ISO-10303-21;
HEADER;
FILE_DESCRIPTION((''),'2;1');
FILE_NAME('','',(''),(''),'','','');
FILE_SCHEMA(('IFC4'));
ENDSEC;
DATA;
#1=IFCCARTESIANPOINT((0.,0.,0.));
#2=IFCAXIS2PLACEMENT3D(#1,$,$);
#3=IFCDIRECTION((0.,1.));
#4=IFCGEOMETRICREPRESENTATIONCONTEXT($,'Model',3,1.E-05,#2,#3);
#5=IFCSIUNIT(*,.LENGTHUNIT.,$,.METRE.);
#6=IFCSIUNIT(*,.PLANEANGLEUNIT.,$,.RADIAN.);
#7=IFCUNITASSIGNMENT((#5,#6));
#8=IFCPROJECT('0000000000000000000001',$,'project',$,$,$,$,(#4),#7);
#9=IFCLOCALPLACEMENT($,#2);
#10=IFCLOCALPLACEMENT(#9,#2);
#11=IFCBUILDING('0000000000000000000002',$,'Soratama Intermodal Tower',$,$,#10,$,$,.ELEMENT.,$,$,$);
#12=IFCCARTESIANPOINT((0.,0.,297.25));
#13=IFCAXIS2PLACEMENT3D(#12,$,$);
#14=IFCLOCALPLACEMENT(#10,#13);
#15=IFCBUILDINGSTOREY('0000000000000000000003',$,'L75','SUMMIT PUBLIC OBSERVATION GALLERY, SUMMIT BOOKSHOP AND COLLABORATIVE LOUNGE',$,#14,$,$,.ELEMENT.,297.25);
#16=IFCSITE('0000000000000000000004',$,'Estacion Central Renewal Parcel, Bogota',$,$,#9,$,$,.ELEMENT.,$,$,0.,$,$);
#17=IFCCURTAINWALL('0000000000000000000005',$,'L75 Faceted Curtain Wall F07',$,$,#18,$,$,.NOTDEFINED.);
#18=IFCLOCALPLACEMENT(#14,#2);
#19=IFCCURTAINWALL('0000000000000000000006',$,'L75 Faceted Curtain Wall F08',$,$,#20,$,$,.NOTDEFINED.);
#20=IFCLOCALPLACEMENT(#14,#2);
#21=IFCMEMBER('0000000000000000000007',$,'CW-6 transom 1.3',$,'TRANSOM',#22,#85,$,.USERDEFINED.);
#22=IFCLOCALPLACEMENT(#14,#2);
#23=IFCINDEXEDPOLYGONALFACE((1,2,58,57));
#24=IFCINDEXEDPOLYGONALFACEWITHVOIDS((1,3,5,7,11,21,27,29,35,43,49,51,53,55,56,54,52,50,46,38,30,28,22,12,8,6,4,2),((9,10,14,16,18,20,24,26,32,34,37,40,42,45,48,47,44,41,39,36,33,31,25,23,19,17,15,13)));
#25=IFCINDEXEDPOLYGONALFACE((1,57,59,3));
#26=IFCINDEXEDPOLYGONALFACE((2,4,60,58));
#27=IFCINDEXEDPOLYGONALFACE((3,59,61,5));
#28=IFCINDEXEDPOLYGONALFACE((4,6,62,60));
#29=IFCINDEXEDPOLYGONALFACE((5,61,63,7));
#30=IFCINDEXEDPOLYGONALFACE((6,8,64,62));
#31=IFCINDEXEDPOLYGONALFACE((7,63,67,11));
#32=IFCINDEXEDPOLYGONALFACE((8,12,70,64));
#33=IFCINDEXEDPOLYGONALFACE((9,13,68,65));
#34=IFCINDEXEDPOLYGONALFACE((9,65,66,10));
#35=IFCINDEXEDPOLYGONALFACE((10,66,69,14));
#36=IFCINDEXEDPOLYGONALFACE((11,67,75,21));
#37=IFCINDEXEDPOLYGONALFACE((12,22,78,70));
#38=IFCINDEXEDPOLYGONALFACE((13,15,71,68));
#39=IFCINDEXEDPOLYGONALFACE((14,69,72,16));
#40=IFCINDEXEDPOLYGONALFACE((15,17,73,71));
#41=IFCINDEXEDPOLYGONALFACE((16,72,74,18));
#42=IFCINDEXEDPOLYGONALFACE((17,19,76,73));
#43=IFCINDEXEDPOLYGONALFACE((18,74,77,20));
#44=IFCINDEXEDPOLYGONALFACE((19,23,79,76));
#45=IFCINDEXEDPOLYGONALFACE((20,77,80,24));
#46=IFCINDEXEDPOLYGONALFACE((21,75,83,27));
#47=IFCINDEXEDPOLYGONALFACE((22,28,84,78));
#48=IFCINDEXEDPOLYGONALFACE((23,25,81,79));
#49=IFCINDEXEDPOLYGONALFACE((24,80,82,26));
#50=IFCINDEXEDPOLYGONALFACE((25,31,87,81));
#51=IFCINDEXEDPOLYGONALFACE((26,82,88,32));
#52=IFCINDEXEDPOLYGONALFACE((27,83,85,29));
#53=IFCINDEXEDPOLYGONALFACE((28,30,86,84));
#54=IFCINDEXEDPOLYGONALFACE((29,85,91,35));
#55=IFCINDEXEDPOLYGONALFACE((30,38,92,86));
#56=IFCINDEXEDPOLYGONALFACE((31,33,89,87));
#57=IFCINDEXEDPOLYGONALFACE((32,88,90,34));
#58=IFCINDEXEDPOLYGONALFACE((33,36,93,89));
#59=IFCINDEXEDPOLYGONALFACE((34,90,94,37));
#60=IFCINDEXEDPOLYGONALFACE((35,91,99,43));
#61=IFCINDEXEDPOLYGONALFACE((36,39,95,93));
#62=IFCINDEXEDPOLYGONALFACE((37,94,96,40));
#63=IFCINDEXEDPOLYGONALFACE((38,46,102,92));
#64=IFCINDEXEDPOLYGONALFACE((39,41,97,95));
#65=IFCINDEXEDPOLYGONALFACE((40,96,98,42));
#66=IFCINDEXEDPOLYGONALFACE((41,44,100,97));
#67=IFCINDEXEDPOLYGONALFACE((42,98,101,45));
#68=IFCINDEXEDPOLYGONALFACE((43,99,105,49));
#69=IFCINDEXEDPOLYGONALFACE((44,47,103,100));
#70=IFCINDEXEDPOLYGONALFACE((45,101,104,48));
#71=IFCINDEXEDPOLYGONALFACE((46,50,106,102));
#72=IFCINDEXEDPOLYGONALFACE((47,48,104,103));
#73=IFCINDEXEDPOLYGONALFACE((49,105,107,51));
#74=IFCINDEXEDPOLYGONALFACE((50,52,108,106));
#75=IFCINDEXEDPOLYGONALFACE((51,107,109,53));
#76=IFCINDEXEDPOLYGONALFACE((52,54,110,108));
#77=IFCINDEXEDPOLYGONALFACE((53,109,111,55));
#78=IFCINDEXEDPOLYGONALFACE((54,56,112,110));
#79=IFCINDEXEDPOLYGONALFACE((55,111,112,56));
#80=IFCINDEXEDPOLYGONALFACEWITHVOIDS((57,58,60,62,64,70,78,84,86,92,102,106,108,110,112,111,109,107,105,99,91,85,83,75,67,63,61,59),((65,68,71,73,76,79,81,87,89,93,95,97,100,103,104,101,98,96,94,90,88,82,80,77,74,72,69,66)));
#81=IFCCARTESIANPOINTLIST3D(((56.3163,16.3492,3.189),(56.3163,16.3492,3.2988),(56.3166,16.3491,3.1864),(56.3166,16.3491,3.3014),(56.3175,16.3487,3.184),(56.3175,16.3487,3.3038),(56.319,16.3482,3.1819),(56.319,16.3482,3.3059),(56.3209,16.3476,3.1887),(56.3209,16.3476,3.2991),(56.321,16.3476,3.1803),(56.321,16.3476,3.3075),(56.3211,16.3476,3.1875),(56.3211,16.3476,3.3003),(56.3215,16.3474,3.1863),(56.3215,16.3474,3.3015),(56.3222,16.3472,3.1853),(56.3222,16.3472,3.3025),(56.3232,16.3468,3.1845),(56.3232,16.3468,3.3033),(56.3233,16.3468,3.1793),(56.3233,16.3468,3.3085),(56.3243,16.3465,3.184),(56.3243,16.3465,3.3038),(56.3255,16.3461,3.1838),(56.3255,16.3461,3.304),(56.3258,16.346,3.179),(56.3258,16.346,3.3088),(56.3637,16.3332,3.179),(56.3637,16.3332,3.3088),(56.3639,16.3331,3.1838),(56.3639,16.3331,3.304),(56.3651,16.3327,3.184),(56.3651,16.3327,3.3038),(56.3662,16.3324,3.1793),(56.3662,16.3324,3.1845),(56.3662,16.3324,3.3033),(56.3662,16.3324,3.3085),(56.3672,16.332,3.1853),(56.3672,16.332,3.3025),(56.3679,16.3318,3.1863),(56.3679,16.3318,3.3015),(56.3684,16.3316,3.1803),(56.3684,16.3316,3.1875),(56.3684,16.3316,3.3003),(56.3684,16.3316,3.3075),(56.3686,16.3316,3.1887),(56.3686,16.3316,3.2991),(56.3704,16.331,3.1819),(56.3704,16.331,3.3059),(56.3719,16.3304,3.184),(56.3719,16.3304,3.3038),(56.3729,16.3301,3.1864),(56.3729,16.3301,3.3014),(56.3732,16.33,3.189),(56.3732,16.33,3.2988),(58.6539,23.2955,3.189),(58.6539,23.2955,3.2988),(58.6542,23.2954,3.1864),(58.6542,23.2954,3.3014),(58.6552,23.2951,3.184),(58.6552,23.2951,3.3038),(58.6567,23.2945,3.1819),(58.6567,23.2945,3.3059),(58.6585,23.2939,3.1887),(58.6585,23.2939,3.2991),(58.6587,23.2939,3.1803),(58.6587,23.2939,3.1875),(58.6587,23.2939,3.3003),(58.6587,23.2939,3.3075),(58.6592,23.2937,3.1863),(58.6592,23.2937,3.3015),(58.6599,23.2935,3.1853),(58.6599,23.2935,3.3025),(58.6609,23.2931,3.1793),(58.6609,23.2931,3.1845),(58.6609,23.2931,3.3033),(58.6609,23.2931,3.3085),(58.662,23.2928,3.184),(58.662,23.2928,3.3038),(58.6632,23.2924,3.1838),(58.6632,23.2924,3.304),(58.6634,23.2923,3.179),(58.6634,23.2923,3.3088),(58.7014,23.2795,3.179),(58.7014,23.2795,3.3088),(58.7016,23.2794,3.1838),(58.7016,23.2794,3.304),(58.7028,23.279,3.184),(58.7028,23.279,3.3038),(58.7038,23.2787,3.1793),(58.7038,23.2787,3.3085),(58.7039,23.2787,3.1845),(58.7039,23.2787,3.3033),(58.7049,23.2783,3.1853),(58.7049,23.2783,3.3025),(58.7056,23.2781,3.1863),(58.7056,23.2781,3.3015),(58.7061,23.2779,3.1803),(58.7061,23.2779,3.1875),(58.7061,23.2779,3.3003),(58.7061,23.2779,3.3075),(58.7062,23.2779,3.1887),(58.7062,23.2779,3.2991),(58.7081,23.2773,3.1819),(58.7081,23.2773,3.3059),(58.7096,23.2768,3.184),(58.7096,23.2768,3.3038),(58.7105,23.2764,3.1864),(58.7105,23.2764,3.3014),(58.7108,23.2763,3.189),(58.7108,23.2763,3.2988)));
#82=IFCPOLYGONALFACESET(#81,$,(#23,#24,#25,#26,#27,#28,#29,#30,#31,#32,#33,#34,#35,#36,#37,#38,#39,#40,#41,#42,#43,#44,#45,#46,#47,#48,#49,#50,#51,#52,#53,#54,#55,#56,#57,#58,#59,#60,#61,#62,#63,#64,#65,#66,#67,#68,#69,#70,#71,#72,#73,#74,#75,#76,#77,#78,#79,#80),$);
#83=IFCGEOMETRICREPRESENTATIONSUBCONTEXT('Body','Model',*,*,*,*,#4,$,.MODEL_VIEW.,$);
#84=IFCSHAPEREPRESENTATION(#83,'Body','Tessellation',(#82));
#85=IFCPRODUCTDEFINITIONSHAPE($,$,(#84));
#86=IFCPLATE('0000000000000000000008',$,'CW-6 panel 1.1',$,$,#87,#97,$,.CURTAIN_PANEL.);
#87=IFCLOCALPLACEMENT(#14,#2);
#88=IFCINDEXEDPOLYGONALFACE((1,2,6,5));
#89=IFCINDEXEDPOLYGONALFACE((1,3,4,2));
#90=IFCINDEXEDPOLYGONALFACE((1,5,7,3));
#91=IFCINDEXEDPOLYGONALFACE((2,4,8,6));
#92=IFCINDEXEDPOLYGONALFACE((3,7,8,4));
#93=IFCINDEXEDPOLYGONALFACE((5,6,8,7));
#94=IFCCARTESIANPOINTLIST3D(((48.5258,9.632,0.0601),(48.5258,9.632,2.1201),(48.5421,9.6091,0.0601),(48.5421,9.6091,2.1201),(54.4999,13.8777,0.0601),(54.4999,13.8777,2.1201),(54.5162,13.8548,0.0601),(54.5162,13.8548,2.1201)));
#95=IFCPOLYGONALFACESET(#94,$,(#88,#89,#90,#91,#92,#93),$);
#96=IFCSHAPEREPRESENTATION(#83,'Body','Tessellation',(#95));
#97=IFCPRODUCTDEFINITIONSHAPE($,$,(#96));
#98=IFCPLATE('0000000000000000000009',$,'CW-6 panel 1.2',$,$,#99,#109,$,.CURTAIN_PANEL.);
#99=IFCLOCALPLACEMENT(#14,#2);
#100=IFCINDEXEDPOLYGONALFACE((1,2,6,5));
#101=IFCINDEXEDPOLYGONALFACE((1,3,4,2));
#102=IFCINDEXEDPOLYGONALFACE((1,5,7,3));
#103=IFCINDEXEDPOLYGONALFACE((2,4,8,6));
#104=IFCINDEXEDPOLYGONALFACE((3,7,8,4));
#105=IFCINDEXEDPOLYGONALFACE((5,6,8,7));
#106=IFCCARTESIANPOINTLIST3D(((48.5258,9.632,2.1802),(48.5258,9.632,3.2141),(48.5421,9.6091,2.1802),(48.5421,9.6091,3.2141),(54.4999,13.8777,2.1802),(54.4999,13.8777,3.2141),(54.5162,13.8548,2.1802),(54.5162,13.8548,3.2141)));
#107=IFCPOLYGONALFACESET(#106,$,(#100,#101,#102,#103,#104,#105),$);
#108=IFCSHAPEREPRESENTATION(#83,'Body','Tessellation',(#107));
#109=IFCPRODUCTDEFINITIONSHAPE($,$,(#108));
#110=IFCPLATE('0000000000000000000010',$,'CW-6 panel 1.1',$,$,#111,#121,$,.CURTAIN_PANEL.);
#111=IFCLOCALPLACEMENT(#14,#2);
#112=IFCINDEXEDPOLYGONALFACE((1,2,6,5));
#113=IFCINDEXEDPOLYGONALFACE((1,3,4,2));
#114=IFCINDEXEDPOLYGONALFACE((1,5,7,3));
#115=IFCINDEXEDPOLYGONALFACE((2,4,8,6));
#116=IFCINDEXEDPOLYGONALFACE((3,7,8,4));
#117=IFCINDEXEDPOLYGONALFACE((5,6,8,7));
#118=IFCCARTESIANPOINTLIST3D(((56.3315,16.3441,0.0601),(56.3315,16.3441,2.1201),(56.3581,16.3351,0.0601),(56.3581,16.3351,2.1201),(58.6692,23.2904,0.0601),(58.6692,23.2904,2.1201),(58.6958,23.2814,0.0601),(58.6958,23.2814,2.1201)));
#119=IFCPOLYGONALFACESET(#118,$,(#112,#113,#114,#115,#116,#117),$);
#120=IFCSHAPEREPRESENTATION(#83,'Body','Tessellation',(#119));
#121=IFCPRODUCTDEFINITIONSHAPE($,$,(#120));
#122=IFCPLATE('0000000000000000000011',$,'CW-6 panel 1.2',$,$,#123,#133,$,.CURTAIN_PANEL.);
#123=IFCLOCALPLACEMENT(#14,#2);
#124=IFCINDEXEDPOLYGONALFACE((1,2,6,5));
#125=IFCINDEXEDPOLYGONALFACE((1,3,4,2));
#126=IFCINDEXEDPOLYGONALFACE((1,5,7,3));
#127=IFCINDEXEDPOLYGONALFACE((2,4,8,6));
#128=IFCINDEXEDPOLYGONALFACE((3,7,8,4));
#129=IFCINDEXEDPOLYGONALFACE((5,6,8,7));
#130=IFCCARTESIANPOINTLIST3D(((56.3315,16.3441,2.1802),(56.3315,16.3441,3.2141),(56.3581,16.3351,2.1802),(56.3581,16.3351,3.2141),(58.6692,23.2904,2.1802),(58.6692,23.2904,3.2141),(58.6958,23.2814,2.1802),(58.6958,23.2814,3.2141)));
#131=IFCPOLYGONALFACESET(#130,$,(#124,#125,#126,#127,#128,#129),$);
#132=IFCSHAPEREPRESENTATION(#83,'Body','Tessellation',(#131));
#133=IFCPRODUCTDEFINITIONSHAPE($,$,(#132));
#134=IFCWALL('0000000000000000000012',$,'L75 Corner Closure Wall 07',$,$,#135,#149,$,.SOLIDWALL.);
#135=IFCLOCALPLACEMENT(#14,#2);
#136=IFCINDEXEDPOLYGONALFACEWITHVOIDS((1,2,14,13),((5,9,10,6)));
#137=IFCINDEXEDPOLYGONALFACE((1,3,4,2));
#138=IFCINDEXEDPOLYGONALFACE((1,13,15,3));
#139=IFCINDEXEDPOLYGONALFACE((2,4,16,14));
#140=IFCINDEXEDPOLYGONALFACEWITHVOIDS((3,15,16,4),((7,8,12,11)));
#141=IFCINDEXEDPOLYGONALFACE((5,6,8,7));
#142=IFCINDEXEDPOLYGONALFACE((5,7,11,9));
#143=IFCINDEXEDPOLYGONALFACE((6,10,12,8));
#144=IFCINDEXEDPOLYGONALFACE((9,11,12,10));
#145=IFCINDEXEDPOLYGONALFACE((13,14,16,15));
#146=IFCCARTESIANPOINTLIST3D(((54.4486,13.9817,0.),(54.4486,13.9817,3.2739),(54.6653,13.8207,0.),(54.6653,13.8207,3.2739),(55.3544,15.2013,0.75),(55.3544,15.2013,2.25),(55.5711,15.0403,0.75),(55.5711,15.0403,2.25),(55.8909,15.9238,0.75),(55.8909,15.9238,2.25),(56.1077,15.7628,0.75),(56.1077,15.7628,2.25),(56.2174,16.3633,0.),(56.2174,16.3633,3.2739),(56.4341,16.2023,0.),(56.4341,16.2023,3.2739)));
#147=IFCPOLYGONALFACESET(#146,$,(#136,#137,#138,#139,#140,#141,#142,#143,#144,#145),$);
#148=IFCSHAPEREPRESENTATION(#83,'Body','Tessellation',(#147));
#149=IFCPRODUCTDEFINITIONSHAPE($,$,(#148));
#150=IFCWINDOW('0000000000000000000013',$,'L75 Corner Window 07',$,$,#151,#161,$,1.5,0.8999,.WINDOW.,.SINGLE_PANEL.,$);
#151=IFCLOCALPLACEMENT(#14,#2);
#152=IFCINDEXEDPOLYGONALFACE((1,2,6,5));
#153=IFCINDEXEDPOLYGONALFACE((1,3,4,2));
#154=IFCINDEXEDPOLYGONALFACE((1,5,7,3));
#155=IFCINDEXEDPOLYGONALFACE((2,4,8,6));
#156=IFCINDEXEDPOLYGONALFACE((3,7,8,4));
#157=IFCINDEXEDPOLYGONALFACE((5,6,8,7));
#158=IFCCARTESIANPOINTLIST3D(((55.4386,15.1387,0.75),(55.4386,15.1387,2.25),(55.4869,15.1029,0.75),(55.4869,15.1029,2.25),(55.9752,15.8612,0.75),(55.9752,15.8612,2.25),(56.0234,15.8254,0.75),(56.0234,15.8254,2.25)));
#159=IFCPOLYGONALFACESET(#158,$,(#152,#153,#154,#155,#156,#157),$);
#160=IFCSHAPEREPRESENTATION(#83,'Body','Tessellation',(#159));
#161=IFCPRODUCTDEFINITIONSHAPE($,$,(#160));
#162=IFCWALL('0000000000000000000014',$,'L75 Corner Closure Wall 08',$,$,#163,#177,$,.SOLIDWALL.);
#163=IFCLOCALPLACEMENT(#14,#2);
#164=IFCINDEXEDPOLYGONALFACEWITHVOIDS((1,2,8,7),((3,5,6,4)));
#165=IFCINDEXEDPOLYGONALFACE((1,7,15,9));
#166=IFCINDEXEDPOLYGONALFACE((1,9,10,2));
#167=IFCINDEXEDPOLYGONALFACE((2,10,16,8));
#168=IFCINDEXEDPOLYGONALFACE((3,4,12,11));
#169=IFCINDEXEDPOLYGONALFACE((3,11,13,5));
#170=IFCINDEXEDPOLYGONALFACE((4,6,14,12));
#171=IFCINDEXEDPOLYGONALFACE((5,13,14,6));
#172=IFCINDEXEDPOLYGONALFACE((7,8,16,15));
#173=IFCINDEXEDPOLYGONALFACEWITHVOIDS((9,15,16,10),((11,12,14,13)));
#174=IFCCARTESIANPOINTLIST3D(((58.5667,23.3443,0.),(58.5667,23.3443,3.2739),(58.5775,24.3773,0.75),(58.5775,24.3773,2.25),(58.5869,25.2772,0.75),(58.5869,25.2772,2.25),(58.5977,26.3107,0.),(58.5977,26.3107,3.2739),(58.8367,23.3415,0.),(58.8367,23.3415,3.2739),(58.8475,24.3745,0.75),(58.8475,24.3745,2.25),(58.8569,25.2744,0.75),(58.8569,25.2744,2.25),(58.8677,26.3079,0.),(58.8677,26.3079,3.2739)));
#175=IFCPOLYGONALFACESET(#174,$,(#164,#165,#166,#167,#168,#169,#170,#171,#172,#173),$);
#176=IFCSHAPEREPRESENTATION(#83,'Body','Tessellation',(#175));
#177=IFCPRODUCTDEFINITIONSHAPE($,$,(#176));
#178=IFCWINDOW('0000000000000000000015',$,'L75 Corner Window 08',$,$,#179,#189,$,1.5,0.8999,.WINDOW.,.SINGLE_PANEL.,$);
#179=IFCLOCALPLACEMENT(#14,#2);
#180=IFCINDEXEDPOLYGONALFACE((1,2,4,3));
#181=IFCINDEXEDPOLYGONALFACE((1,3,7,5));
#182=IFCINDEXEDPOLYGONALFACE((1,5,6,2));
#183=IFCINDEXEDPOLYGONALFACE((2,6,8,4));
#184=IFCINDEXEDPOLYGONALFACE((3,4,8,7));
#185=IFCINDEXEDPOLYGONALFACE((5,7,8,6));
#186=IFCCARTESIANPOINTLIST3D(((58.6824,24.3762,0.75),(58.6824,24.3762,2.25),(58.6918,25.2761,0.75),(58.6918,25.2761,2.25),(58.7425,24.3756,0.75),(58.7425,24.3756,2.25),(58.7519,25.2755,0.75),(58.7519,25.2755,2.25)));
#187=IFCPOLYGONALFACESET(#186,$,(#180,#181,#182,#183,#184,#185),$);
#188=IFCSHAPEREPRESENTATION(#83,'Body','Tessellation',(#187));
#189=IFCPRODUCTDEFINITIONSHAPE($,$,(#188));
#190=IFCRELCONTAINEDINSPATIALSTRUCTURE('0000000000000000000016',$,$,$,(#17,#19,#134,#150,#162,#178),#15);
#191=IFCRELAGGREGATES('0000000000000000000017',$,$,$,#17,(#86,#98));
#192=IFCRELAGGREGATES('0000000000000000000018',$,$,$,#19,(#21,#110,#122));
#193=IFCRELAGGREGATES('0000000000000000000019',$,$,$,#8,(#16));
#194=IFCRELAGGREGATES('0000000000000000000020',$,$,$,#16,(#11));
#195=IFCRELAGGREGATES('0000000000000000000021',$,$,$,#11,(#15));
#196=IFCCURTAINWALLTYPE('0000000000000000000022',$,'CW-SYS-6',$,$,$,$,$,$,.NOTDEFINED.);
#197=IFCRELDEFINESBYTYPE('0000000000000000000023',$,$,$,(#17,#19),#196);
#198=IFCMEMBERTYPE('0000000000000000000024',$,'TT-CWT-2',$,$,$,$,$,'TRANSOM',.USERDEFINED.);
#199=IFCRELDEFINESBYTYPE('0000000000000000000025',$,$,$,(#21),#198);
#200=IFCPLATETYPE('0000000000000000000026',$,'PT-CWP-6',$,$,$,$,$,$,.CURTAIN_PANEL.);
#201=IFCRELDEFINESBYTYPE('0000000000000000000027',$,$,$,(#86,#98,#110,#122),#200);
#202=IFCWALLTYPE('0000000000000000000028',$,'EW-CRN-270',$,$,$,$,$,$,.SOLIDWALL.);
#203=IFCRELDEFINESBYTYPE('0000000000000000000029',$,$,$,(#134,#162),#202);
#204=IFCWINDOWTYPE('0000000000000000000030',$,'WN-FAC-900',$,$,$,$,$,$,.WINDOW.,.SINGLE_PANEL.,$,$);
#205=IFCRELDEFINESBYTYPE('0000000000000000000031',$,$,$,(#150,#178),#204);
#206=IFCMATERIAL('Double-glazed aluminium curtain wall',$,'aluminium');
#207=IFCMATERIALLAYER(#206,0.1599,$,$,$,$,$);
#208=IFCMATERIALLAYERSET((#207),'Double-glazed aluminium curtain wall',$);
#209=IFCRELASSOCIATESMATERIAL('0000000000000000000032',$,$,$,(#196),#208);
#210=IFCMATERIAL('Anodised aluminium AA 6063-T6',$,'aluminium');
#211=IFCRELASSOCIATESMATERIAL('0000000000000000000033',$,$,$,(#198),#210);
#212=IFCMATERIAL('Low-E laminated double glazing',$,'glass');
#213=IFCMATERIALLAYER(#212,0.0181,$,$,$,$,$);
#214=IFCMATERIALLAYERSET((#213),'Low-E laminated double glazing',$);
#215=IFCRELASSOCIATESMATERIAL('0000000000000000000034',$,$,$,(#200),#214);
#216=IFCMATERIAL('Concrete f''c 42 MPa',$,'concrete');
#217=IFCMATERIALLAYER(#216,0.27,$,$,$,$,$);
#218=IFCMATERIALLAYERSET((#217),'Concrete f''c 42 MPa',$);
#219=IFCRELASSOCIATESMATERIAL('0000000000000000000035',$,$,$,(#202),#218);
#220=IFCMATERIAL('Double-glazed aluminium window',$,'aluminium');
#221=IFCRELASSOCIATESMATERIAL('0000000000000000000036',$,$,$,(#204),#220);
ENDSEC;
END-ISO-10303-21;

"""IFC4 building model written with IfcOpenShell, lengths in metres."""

from ifc_helpers import new_model, si_unit, direction, frame, frame_2d, origin, origin_2d, place, context, subcontext, project, spatial, rectangle, hollow_rectangle, extrude, material, layer, layer_set, material_profile, profile_set, type_object, element, fill, aggregate, save


model = new_model("IFC4")

# Units and contexts
model_context = context("Model", 3, precision=1e-05, world=origin(), true_north=direction((0.0, 1.0)))
body_context = subcontext(model_context, "Body", "Model", "MODEL_VIEW")
ifc_project = project(units=[si_unit("LENGTHUNIT", "METRE"), si_unit("PLANEANGLEUNIT", "RADIAN")], contexts=[model_context])

# Site, building, storey
site_placement = place(None, origin())
site = spatial("IfcSite", under=ifc_project, at=site_placement, Name="Estacion Central Renewal Parcel, Bogota", CompositionType="ELEMENT", RefElevation=0.0)
building_placement = place(site_placement, origin())
building = spatial("IfcBuilding", under=site, at=building_placement, Name="Soratama Intermodal Tower", CompositionType="ELEMENT")
storey_placement = place(building_placement, frame((0.0, 0.0, 297.25)))
storey = spatial("IfcBuildingStorey", under=building, at=storey_placement, Name="L75", Description="SUMMIT PUBLIC OBSERVATION GALLERY, SUMMIT BOOKSHOP AND COLLABORATIVE LOUNGE", CompositionType="ELEMENT", Elevation=297.25)

# Curtain walls
ifc_material_1 = material(Name="Double-glazed aluminium curtain wall", Category="aluminium")
ifc_layer_1 = layer(ifc_material_1, 0.1599)
ifc_layer_set_1 = layer_set([ifc_layer_1], Name="Double-glazed aluminium curtain wall")
curtain_wall_type = type_object("IfcCurtainWallType", Name="CW-SYS-6", PredefinedType="NOTDEFINED", material=ifc_layer_set_1)
curtain_wall_1_placement = place(storey_placement, origin())
curtain_wall_1 = element("IfcCurtainWall", 1, at=curtain_wall_1_placement, inside=storey, type_object=curtain_wall_type, Name="L75 Faceted Curtain Wall F07", PredefinedType="NOTDEFINED")
curtain_wall_2_placement = place(storey_placement, origin())
curtain_wall_2 = element("IfcCurtainWall", 2, at=curtain_wall_2_placement, inside=storey, type_object=curtain_wall_type, Name="L75 Faceted Curtain Wall F08", PredefinedType="NOTDEFINED")

# Member
ifc_material_2 = material(Name="Anodised aluminium AA 6063-T6", Category="aluminium")
ifc_material_profile_1 = material_profile(ifc_material_2, hollow_rectangle(XDim=0.0601, YDim=0.1299, WallThickness=0.0049, InnerFilletRadius=0.0049, OuterFilletRadius=0.01, at=origin_2d()), Name="CWT130X60X5")
ifc_profile_set_1 = profile_set([ifc_material_profile_1], Name="Anodised aluminium AA 6063-T6")
member_type_1 = type_object("IfcMemberType", Name="TT-CWT-2", ElementType="TRANSOM", PredefinedType="USERDEFINED", material=ifc_profile_set_1)
member_1_placement = place(storey_placement, frame((56.3447, 16.3396, 3.2439), z_axis=(0.318955, 0.94777, 0.0), x_axis=(-0.94777, 0.318955, 0.0)))
member_1 = element("IfcMember", 3, at=member_1_placement, type_object=member_type_1, Name="CW-6 transom 1.3", ObjectType="TRANSOM", PredefinedType="USERDEFINED", context=body_context, shape_type="SweptSolid", body=[
    extrude(hollow_rectangle(XDim=0.0601, YDim=0.1299, WallThickness=0.0049, InnerFilletRadius=0.0049, OuterFilletRadius=0.01, at=origin_2d()), origin(), (0.0, 0.0, 1.0), 7.3291),
])

# Plates
ifc_material_3 = material(Name="Low-E laminated double glazing", Category="glass")
ifc_layer_2 = layer(ifc_material_3, 0.0181)
ifc_layer_set_2 = layer_set([ifc_layer_2], Name="Low-E laminated double glazing")
plate_type = type_object("IfcPlateType", Name="PT-CWP-6", PredefinedType="CURTAIN_PANEL", material=ifc_layer_set_2)
plate_1_placement = place(storey_placement, frame((51.521, 11.7434, 0.0601), z_axis=(0.0, 0.0, 1.0), x_axis=(0.815124, 0.579286, 0.0)))
plate_1 = element("IfcPlate", 4, at=plate_1_placement, type_object=plate_type, Name="CW-6 panel 1.1", PredefinedType="CURTAIN_PANEL", context=body_context, shape_type="SweptSolid", body=[
    extrude(rectangle(XDim=7.3291, YDim=0.0281, at=origin_2d()), origin(), (0.0, 0.0, 1.0), 2.0601),
])
plate_2_placement = place(storey_placement, frame((51.521, 11.7434, 2.1802), z_axis=(0.0, 0.0, 1.0), x_axis=(0.815124, 0.579286, 0.0)))
plate_2 = element("IfcPlate", 5, at=plate_2_placement, type_object=plate_type, Name="CW-6 panel 1.2", PredefinedType="CURTAIN_PANEL", context=body_context, shape_type="SweptSolid", body=[
    extrude(rectangle(XDim=7.3291, YDim=0.0281, at=origin_2d()), origin(), (0.0, 0.0, 1.0), 1.0339),
])
aggregate(curtain_wall_1, [plate_1, plate_2])
plate_3_placement = place(storey_placement, frame((57.5137, 19.8127, 0.0601), z_axis=(0.0, 0.0, 1.0), x_axis=(0.318961, 0.947768, 0.0)))
plate_3 = element("IfcPlate", 6, at=plate_3_placement, type_object=plate_type, Name="CW-6 panel 1.1", PredefinedType="CURTAIN_PANEL", context=body_context, shape_type="SweptSolid", body=[
    extrude(rectangle(XDim=7.3291, YDim=0.0281, at=origin_2d()), origin(), (0.0, 0.0, 1.0), 2.0601),
])
plate_4_placement = place(storey_placement, frame((57.5137, 19.8127, 2.1802), z_axis=(0.0, 0.0, 1.0), x_axis=(0.318961, 0.947768, 0.0)))
plate_4 = element("IfcPlate", 7, at=plate_4_placement, type_object=plate_type, Name="CW-6 panel 1.2", PredefinedType="CURTAIN_PANEL", context=body_context, shape_type="SweptSolid", body=[
    extrude(rectangle(XDim=7.3291, YDim=0.0281, at=origin_2d()), origin(), (0.0, 0.0, 1.0), 1.0339),
])
aggregate(curtain_wall_2, [member_1, plate_3, plate_4])

# Walls, openings, windows
ifc_material_4 = material(Name="Concrete f'c 42 MPa", Category="concrete")
ifc_layer_3 = layer(ifc_material_4, 0.27)
ifc_layer_set_3 = layer_set([ifc_layer_3], Name="Concrete f'c 42 MPa")
wall_type_1 = type_object("IfcWallType", Name="EW-CRN-270", PredefinedType="SOLIDWALL", material=ifc_layer_set_3)
wall_1_placement = place(storey_placement, frame((54.5569, 13.9011, 0.0), z_axis=(0.0, 0.0, 1.0), x_axis=(0.596241, 0.802806, 0.0)))
wall_1 = element("IfcWall", 8, at=wall_1_placement, inside=storey, type_object=wall_type_1, Name="L75 Corner Closure Wall 07", PredefinedType="SOLIDWALL", context=body_context, shape_type="SweptSolid", body=[
    extrude(rectangle(XDim=2.9666, YDim=0.27, at=frame_2d((1.4834, 0.0))), origin(), (0.0, 0.0, 1.0), 3.2739),
])
opening_1_placement = place(wall_1_placement, frame((1.5193, 0.0, 0.75)))
opening_1 = element("IfcOpeningElement", 9, at=opening_1_placement, cuts=wall_1, PredefinedType="OPENING", context=body_context, shape_type="SweptSolid", body=[
    extrude(rectangle(XDim=0.8999, YDim=1.5, at=frame_2d((0.45, 0.75))), frame((0.0, 0.145, 0.0), z_axis=(0.0, -1.0, 0.0), x_axis=(1.0, 0.0, 0.0)), (0.0, 0.0, 1.0), 0.29),
])
ifc_material_5 = material(Name="Double-glazed aluminium window", Category="aluminium")
window_type = type_object("IfcWindowType", Name="WN-FAC-900", PartitioningType="SINGLE_PANEL", PredefinedType="WINDOW", material=ifc_material_5)
window_1_placement = place(opening_1_placement, origin())
window_1 = element("IfcWindow", 10, at=window_1_placement, inside=storey, type_object=window_type, Name="L75 Corner Window 07", OverallHeight=1.5, OverallWidth=0.8999, PartitioningType="SINGLE_PANEL", PredefinedType="WINDOW", context=body_context, shape_type="SweptSolid", body=[
    extrude(rectangle(XDim=0.8999, YDim=1.5, at=frame_2d((0.45, 0.75))), frame((0.0, 0.03, 0.0), z_axis=(0.0, -1.0, 0.0), x_axis=(1.0, 0.0, 0.0)), (0.0, 0.0, 1.0), 0.0601),
])
fill(opening_1, window_1)
wall_2_placement = place(storey_placement, frame((58.7017, 23.3428, 0.0), z_axis=(0.0, 0.0, 1.0), x_axis=(0.010452, 0.999945, 0.0)))
wall_2 = element("IfcWall", 11, at=wall_2_placement, inside=storey, type_object=wall_type_1, Name="L75 Corner Closure Wall 08", PredefinedType="SOLIDWALL", context=body_context, shape_type="SweptSolid", body=[
    extrude(rectangle(XDim=2.9666, YDim=0.27, at=frame_2d((1.4834, 0.0))), origin(), (0.0, 0.0, 1.0), 3.2739),
])
opening_2_placement = place(wall_2_placement, frame((1.0332, 0.0, 0.75)))
opening_2 = element("IfcOpeningElement", 12, at=opening_2_placement, cuts=wall_2, PredefinedType="OPENING", context=body_context, shape_type="SweptSolid", body=[
    extrude(rectangle(XDim=0.8999, YDim=1.5, at=frame_2d((0.45, 0.75))), frame((0.0, 0.145, 0.0), z_axis=(0.0, -1.0, 0.0), x_axis=(1.0, 0.0, 0.0)), (0.0, 0.0, 1.0), 0.29),
])
window_2_placement = place(opening_2_placement, origin())
window_2 = element("IfcWindow", 13, at=window_2_placement, inside=storey, type_object=window_type, Name="L75 Corner Window 08", OverallHeight=1.5, OverallWidth=0.8999, PartitioningType="SINGLE_PANEL", PredefinedType="WINDOW", context=body_context, shape_type="SweptSolid", body=[
    extrude(rectangle(XDim=0.8999, YDim=1.5, at=frame_2d((0.45, 0.75))), frame((0.0, 0.03, 0.0), z_axis=(0.0, -1.0, 0.0), x_axis=(1.0, 0.0, 0.0)), (0.0, 0.0, 1.0), 0.0601),
])
fill(opening_2, window_2)

save(model, "model.ifc")
